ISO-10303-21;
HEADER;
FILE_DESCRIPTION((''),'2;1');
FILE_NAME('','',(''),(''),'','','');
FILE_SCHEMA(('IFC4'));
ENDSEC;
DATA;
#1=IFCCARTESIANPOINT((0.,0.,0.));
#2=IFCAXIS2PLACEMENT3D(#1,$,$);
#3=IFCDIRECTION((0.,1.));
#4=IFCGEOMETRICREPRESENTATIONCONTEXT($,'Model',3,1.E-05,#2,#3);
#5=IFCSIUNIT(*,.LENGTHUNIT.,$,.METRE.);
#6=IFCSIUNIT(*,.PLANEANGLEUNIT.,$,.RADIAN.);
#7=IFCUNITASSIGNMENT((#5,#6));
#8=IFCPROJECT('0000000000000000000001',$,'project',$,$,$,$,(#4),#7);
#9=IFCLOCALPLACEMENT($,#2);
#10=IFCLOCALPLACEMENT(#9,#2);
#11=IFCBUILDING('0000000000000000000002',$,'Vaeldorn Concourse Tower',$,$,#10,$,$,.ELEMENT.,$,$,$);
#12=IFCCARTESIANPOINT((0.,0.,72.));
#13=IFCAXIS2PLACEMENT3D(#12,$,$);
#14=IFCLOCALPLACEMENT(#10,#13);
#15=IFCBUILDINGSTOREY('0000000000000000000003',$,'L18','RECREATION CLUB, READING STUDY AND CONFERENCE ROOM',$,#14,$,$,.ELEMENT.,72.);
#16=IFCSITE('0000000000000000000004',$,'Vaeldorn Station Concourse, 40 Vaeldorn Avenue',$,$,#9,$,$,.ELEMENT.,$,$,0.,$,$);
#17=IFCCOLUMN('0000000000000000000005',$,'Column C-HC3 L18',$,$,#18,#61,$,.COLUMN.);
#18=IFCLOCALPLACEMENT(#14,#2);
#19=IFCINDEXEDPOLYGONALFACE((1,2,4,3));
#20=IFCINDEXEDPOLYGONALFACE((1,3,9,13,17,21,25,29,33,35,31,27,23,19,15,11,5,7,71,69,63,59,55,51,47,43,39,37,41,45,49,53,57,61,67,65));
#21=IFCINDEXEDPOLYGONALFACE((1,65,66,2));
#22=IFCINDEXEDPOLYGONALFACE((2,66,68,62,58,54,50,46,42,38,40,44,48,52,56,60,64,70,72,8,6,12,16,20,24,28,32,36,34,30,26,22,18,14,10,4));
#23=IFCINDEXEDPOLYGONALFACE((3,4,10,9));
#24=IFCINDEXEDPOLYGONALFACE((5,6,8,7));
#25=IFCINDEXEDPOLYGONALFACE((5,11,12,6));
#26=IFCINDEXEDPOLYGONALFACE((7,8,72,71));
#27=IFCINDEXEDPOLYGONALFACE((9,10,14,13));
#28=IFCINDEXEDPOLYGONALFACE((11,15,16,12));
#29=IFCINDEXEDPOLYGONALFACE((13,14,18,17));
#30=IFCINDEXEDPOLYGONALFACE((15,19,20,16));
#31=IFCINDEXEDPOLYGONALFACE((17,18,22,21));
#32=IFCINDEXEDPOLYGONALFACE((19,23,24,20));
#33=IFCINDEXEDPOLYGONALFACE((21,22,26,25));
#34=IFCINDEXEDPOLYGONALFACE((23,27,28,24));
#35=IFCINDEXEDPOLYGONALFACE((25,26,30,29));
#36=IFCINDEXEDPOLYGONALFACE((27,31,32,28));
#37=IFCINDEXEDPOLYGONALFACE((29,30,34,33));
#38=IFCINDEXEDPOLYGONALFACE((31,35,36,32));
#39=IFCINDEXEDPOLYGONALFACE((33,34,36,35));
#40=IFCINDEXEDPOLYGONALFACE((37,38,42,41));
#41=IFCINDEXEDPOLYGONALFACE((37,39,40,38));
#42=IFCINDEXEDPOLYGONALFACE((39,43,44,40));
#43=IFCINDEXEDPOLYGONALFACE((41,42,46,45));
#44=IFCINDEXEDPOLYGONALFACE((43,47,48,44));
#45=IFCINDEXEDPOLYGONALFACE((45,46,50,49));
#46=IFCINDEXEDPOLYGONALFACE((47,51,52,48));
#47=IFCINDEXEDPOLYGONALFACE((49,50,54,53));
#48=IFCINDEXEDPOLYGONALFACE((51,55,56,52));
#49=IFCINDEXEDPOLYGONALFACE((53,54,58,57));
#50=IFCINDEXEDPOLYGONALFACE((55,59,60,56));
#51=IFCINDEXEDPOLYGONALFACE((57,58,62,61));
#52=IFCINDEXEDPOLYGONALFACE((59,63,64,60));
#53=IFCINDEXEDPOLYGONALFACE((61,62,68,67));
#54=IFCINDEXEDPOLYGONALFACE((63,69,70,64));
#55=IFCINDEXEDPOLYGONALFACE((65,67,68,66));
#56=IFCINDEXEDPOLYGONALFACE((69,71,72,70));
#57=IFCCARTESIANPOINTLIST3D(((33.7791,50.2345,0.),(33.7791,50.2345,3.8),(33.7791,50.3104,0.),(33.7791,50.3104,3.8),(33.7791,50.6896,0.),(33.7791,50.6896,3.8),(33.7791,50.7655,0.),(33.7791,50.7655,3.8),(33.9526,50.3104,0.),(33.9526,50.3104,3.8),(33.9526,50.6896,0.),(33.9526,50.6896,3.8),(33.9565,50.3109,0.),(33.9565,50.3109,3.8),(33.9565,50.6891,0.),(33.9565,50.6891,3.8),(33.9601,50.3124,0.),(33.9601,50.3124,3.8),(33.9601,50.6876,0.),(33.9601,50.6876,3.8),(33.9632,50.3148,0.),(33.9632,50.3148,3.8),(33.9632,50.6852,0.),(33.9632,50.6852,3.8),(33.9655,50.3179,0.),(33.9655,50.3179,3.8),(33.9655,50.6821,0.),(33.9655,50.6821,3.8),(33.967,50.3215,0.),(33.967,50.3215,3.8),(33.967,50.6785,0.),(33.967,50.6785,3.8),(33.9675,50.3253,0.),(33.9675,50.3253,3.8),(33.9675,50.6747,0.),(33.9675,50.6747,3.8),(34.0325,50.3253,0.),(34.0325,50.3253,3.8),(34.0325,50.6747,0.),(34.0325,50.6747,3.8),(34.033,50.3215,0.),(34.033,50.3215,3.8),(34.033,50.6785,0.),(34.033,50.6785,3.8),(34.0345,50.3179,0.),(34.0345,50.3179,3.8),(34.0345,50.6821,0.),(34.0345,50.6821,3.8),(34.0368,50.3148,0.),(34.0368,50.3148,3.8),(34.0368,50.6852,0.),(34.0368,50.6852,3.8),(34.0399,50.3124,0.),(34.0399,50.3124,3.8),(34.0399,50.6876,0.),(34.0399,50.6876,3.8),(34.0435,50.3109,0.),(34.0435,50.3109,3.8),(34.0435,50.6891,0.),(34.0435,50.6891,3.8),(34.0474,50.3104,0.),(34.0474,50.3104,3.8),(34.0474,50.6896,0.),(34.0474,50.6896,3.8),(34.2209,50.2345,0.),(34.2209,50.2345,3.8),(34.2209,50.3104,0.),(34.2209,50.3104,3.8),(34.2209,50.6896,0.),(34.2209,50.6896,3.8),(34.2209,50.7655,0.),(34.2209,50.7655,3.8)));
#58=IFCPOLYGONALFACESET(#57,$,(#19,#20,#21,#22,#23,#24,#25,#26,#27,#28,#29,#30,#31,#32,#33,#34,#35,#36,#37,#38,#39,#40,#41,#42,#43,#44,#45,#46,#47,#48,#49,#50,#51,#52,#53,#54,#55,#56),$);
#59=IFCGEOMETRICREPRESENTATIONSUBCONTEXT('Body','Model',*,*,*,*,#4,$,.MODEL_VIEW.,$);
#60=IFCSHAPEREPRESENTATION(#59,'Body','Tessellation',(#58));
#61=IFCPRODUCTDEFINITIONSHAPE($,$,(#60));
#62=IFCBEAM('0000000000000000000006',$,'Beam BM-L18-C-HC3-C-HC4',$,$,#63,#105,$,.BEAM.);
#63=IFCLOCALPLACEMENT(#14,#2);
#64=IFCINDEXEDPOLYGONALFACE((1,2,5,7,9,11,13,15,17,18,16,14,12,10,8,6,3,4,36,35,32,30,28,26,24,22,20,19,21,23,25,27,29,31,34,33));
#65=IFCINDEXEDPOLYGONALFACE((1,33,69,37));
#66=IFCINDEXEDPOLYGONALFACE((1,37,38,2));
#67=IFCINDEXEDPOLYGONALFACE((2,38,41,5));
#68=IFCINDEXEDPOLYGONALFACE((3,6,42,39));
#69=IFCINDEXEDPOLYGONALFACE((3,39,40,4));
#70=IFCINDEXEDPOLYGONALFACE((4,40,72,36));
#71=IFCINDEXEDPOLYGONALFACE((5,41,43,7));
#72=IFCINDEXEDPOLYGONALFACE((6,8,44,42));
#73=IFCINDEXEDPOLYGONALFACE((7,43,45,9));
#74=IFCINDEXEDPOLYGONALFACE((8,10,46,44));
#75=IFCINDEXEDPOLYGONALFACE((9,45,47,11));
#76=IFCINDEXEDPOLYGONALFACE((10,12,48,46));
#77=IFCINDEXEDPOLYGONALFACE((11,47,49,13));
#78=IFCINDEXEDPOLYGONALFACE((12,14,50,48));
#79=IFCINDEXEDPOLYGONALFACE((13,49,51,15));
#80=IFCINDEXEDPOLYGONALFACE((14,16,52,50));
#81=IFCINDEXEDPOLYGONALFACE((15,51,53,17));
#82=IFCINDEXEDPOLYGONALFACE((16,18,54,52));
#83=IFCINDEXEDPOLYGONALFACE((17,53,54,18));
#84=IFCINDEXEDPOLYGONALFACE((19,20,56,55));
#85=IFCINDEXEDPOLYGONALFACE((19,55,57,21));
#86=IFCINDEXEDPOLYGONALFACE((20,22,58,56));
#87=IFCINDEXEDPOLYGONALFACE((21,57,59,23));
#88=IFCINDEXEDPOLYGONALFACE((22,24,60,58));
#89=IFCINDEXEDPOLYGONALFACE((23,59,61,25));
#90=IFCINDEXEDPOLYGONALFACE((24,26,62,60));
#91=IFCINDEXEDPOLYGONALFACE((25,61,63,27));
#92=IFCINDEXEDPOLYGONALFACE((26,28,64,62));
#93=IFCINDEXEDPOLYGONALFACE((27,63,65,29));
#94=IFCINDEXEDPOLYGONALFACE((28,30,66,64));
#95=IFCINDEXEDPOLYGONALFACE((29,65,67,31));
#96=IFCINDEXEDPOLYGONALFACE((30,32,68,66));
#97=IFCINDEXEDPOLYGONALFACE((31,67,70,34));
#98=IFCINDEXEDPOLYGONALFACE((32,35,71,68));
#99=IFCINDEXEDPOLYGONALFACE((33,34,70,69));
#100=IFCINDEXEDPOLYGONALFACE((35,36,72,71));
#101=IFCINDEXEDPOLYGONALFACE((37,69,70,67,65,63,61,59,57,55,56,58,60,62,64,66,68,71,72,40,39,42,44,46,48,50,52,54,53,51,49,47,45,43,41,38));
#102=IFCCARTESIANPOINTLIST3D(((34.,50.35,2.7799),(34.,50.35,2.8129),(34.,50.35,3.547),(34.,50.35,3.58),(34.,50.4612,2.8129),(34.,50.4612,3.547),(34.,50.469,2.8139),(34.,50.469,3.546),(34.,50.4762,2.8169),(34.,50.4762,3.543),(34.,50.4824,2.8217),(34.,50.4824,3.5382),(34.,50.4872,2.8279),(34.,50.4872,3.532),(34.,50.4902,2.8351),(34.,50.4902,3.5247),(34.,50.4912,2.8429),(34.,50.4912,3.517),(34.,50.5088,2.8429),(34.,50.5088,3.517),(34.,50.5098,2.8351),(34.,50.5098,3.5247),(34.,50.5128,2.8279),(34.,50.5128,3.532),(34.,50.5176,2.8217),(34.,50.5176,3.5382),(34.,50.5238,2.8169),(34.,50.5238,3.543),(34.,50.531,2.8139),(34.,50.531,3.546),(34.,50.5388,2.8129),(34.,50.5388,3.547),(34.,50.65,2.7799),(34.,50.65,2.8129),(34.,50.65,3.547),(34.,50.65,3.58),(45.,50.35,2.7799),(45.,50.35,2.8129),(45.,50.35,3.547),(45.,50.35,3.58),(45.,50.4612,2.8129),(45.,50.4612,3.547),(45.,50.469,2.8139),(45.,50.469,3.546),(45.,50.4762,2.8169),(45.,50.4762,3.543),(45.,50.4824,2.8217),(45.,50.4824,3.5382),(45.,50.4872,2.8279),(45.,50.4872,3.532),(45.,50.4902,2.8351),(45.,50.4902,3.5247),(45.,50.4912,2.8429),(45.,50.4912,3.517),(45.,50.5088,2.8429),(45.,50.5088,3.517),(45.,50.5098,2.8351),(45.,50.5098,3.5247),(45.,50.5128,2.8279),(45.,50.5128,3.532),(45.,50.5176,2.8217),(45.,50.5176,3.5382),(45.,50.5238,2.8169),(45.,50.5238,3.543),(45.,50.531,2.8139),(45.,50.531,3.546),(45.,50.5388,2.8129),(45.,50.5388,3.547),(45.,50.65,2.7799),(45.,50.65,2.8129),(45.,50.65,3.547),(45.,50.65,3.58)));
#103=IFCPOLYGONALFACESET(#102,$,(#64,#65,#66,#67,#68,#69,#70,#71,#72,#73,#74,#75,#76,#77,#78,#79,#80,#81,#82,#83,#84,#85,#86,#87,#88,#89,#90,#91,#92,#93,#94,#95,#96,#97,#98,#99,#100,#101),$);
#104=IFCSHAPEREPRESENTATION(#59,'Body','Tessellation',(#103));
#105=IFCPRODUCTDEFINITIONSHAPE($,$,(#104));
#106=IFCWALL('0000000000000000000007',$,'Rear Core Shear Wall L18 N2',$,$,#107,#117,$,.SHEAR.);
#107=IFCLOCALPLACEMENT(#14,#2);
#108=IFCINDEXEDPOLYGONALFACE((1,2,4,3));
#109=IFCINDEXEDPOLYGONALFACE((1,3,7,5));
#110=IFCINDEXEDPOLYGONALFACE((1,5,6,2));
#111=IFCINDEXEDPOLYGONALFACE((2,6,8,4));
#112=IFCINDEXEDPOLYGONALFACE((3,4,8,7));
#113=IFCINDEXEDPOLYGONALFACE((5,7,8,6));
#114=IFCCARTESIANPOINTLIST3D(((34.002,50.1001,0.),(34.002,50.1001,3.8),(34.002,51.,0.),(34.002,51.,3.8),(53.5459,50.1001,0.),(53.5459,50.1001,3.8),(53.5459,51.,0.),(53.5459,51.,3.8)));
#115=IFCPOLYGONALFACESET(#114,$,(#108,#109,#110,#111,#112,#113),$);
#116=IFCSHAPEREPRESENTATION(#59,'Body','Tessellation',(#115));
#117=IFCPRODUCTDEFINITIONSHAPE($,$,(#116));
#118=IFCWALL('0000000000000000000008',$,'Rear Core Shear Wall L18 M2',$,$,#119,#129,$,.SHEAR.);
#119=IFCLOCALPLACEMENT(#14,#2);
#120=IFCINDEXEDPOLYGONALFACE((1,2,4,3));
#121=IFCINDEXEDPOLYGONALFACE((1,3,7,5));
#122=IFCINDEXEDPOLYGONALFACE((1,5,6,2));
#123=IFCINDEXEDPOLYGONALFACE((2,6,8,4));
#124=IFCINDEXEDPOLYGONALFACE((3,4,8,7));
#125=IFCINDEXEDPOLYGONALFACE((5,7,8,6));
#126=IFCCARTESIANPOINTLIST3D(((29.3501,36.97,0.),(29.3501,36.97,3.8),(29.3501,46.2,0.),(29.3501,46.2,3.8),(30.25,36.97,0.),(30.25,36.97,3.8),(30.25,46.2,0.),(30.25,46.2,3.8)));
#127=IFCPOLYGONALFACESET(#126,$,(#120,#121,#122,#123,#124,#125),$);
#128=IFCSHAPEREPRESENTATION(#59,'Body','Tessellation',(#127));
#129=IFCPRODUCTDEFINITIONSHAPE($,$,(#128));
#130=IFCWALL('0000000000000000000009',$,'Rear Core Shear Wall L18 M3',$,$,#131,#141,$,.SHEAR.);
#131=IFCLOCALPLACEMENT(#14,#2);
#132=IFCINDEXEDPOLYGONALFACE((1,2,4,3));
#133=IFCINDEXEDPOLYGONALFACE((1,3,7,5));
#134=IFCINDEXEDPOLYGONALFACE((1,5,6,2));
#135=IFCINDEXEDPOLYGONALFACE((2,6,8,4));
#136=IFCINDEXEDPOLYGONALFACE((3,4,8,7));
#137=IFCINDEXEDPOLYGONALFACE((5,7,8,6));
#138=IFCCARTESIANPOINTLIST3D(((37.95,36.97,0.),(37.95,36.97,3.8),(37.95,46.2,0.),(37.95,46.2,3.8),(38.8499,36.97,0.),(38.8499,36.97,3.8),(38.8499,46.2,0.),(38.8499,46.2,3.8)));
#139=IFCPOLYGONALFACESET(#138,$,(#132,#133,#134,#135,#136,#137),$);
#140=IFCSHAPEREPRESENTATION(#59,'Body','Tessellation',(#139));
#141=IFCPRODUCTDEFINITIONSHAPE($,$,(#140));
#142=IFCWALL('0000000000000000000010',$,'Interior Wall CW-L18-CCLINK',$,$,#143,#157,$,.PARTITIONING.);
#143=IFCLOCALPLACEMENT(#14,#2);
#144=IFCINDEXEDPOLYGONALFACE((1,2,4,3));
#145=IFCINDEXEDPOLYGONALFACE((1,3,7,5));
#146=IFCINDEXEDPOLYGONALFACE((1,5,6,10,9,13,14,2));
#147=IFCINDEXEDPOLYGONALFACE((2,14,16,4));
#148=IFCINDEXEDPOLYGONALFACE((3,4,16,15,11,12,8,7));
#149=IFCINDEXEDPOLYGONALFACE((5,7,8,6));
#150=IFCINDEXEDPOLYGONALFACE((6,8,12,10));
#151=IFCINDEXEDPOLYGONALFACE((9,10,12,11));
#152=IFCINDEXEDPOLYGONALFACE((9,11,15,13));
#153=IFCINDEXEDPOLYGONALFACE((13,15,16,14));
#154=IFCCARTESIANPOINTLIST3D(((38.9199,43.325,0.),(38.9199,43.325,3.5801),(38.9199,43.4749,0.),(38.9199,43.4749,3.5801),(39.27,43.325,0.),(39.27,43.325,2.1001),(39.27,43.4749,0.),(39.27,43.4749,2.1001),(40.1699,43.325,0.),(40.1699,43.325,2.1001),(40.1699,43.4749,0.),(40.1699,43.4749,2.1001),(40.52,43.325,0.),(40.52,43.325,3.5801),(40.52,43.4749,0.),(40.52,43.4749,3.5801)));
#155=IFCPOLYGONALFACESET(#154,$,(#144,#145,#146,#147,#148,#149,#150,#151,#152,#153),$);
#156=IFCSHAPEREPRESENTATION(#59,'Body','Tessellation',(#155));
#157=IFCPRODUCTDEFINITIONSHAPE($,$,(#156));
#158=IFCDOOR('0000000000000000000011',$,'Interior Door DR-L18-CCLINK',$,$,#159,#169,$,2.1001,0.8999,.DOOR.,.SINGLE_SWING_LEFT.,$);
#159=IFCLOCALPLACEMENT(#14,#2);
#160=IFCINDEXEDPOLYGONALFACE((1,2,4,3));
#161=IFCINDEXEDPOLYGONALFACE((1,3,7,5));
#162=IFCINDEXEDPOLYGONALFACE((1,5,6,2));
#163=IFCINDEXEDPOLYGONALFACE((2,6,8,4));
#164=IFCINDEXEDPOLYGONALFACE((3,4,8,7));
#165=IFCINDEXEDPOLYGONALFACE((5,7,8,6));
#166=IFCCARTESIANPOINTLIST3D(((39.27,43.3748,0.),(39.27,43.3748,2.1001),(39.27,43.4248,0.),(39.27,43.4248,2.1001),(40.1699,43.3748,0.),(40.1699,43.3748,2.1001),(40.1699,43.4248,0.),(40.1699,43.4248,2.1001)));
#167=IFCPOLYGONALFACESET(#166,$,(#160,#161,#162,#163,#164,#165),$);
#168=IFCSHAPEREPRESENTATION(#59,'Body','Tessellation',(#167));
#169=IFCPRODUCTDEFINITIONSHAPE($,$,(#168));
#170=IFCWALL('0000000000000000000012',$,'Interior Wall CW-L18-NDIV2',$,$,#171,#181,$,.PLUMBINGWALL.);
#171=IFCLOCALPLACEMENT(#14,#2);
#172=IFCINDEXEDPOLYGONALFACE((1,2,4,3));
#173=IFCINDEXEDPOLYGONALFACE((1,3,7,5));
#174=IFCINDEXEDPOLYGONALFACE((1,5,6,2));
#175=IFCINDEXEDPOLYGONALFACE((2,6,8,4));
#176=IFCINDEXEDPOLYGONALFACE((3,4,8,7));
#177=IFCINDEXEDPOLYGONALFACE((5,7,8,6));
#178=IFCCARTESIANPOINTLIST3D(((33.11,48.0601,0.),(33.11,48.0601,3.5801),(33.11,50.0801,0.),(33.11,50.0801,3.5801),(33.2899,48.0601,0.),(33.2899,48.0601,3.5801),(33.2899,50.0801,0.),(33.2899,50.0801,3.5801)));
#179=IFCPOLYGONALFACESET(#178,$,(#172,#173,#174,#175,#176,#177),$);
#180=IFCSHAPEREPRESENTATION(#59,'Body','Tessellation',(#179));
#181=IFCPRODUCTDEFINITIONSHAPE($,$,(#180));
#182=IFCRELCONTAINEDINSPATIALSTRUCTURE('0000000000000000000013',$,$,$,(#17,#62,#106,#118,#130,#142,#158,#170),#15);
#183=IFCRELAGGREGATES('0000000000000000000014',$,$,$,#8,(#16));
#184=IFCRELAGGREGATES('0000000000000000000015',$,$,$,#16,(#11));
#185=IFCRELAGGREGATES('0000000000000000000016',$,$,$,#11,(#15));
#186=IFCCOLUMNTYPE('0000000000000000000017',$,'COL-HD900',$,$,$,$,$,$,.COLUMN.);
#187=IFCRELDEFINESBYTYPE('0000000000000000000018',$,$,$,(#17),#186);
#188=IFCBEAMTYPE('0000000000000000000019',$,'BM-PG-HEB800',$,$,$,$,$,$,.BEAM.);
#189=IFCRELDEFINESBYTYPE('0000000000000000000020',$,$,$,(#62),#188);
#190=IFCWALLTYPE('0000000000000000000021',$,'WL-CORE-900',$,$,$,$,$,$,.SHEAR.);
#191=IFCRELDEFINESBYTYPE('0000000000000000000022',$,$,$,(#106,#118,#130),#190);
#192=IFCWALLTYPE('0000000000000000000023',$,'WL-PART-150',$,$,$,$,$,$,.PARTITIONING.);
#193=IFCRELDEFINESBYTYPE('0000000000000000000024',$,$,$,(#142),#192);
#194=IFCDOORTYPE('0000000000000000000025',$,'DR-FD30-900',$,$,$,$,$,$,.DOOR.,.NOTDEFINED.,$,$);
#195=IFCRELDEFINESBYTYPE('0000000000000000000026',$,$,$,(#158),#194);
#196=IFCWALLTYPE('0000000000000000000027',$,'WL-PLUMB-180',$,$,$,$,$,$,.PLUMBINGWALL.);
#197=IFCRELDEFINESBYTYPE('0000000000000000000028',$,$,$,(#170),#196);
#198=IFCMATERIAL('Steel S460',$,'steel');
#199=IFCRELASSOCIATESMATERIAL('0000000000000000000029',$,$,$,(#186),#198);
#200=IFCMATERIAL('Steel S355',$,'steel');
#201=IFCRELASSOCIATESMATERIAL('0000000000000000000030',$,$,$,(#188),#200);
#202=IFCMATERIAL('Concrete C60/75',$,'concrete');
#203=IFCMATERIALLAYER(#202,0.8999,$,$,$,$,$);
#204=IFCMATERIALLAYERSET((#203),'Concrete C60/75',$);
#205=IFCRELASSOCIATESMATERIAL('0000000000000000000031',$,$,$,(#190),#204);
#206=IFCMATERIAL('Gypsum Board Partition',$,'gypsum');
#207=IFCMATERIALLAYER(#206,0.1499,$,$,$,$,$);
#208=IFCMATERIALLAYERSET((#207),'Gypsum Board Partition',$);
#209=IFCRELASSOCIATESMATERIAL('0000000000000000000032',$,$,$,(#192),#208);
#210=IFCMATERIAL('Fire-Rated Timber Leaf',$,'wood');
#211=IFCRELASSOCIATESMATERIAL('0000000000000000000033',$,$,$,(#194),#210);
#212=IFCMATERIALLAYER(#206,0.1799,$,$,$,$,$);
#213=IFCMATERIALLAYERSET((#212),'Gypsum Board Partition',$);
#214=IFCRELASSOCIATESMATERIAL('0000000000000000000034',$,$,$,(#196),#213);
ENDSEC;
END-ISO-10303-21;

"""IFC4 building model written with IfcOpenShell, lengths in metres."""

from ifc_helpers import new_model, si_unit, direction, frame, frame_2d, origin, origin_2d, place, context, subcontext, project, spatial, rectangle, i_section, extrude, source, transform, mapped, material, layer, layer_set, material_profile, profile_set, type_object, element, fill, save


model = new_model("IFC4")

# Units and contexts
model_context = context("Model", 3, precision=1e-05, world=origin(), true_north=direction((0.0, 1.0)))
body_context = subcontext(model_context, "Body", "Model", "MODEL_VIEW")
ifc_project = project(units=[si_unit("LENGTHUNIT", "METRE"), si_unit("PLANEANGLEUNIT", "RADIAN")], contexts=[model_context])

# Site, building, storey
site_placement = place(None, origin())
site = spatial("IfcSite", under=ifc_project, at=site_placement, Name="Vaeldorn Station Concourse, 40 Vaeldorn Avenue", CompositionType="ELEMENT", RefElevation=0.0)
building_placement = place(site_placement, origin())
building = spatial("IfcBuilding", under=site, at=building_placement, Name="Vaeldorn Concourse Tower", CompositionType="ELEMENT")
storey_placement = place(building_placement, frame((0.0, 0.0, 72.0)))
storey = spatial("IfcBuildingStorey", under=building, at=storey_placement, Name="L18", Description="RECREATION CLUB, READING STUDY AND CONFERENCE ROOM", CompositionType="ELEMENT", Elevation=72.0)

# Column
ifc_material_1 = material(Name="Steel S460", Category="steel")
ifc_material_profile_1 = material_profile(ifc_material_1, i_section(OverallWidth=0.4419, OverallDepth=0.531, WebThickness=0.0649, FlangeThickness=0.0759, FilletRadius=0.0149, at=origin_2d()), Name="HD 400x900")
ifc_profile_set_1 = profile_set([ifc_material_profile_1], Name="Steel S460")
column_type = type_object("IfcColumnType", Name="COL-HD900", PredefinedType="COLUMN", material=ifc_profile_set_1)
shared_shape_1 = source(origin(), body_context, "Body", "SweptSolid", [
    extrude(i_section(OverallWidth=0.4419, OverallDepth=0.531, WebThickness=0.0649, FlangeThickness=0.0759, FilletRadius=0.0149, at=origin_2d()), origin(), (0.0, 0.0, 1.0), 3.8),
])
column_placement = place(storey_placement, frame((34.0, 50.5, 0.0), z_axis=(0.0, 0.0, 1.0), x_axis=(1.0, 0.0, 0.0)))
element("IfcColumn", 1, at=column_placement, inside=storey, type_object=column_type, Name="Column C-HC3 L18", PredefinedType="COLUMN", context=body_context, shape_type="MappedRepresentation", body=[
    mapped(shared_shape_1, transform((0.0, 0.0, 0.0), scale=1.0)),
])

# Beam
ifc_material_2 = material(Name="Steel S355", Category="steel")
ifc_material_profile_2 = material_profile(ifc_material_2, i_section(OverallWidth=0.3, OverallDepth=0.8, WebThickness=0.0176, FlangeThickness=0.033, FilletRadius=0.03, at=origin_2d()), Name="HEB 800")
ifc_profile_set_2 = profile_set([ifc_material_profile_2], Name="Steel S355")
beam_type = type_object("IfcBeamType", Name="BM-PG-HEB800", PredefinedType="BEAM", material=ifc_profile_set_2)
shared_shape_2 = source(origin(), body_context, "Body", "SweptSolid", [
    extrude(i_section(OverallWidth=0.3, OverallDepth=0.8, WebThickness=0.0176, FlangeThickness=0.033, FilletRadius=0.03, at=origin_2d()), origin(), (0.0, 0.0, 1.0), 11.0),
])
beam_placement = place(storey_placement, frame((34.0, 50.5, 3.1799), z_axis=(1.0, 0.0, 0.0), x_axis=(0.0, 1.0, 0.0)))
element("IfcBeam", 2, at=beam_placement, inside=storey, type_object=beam_type, Name="Beam BM-L18-C-HC3-C-HC4", PredefinedType="BEAM", context=body_context, shape_type="MappedRepresentation", body=[
    mapped(shared_shape_2, transform((0.0, 0.0, 0.0), scale=1.0)),
])

# Walls
ifc_material_3 = material(Name="Concrete C60/75", Category="concrete")
ifc_layer_1 = layer(ifc_material_3, 0.8999)
ifc_layer_set_1 = layer_set([ifc_layer_1], Name="Concrete C60/75")
wall_type_1 = type_object("IfcWallType", Name="WL-CORE-900", PredefinedType="SHEAR", material=ifc_layer_set_1)
wall_1_placement = place(storey_placement, frame((34.002, 50.55, 0.0), z_axis=(0.0, 0.0, 1.0), x_axis=(1.0, 0.0, 0.0)))
element("IfcWall", 3, at=wall_1_placement, inside=storey, type_object=wall_type_1, Name="Rear Core Shear Wall L18 N2", PredefinedType="SHEAR", context=body_context, shape_type="SweptSolid", body=[
    extrude(rectangle(XDim=19.5439, YDim=0.8999, at=frame_2d((9.772, 0.0))), origin(), (0.0, 0.0, 1.0), 3.8),
])
for number, where, z_axis, x_axis, name in (
    (4, (29.8, 36.97, 0.0), (0.0, 0.0, 1.0), (0.0, 1.0, 0.0), "Rear Core Shear Wall L18 M2"),
    (5, (38.3999, 36.97, 0.0), (0.0, 0.0, 1.0), (0.0, 1.0, 0.0), "Rear Core Shear Wall L18 M3"),
):
    element("IfcWall", number, at=place(storey_placement, frame(where, z_axis=z_axis, x_axis=x_axis)), inside=storey, type_object=wall_type_1, Name=name, PredefinedType="SHEAR", context=body_context, shape_type="SweptSolid", body=[
        extrude(rectangle(XDim=9.23, YDim=0.8999, at=frame_2d((4.615, 0.0))), origin(), (0.0, 0.0, 1.0), 3.8),
    ])

# Wall, opening, door
ifc_material_4 = material(Name="Gypsum Board Partition", Category="gypsum")
ifc_layer_2 = layer(ifc_material_4, 0.1499)
ifc_layer_set_2 = layer_set([ifc_layer_2], Name="Gypsum Board Partition")
wall_type_2 = type_object("IfcWallType", Name="WL-PART-150", PredefinedType="PARTITIONING", material=ifc_layer_set_2)
wall_2_placement = place(storey_placement, frame((38.9199, 43.3999, 0.0), z_axis=(0.0, 0.0, 1.0), x_axis=(1.0, 0.0, 0.0)))
wall_2 = element("IfcWall", 6, at=wall_2_placement, inside=storey, type_object=wall_type_2, Name="Interior Wall CW-L18-CCLINK", PredefinedType="PARTITIONING", context=body_context, shape_type="SweptSolid", body=[
    extrude(rectangle(XDim=1.6001, YDim=0.1499, at=frame_2d((0.8, 0.0))), origin(), (0.0, 0.0, 1.0), 3.5801),
])
opening_placement = place(wall_2_placement, frame((0.3501, 0.0, 0.0)))
opening = element("IfcOpeningElement", 7, at=opening_placement, cuts=wall_2, PredefinedType="OPENING", context=body_context, shape_type="SweptSolid", body=[
    extrude(rectangle(XDim=0.8999, YDim=2.1001, at=frame_2d((0.45, 1.05))), frame((0.0, 0.085, 0.0), z_axis=(0.0, -1.0, 0.0), x_axis=(1.0, 0.0, 0.0)), (0.0, 0.0, 1.0), 0.1699),
])
ifc_material_5 = material(Name="Fire-Rated Timber Leaf", Category="wood")
door_type = type_object("IfcDoorType", Name="DR-FD30-900", OperationType="NOTDEFINED", PredefinedType="DOOR", material=ifc_material_5)
shared_shape_3 = source(origin(), body_context, "Body", "SweptSolid", [
    extrude(rectangle(XDim=0.8999, YDim=2.1001, at=frame_2d((0.45, 1.05))), frame((0.0, 0.0249, 0.0), z_axis=(0.0, -1.0, 0.0), x_axis=(1.0, 0.0, 0.0)), (0.0, 0.0, 1.0), 0.05),
])
door_placement = place(opening_placement, origin())
door = element("IfcDoor", 8, at=door_placement, inside=storey, type_object=door_type, Name="Interior Door DR-L18-CCLINK", OperationType="SINGLE_SWING_LEFT", OverallHeight=2.1001, OverallWidth=0.8999, PredefinedType="DOOR", context=body_context, shape_type="MappedRepresentation", body=[
    mapped(shared_shape_3, transform((0.0, 0.0, 0.0), scale=1.0)),
])
fill(opening, door)

# Wall
ifc_layer_3 = layer(ifc_material_4, 0.1799)
ifc_layer_set_3 = layer_set([ifc_layer_3], Name="Gypsum Board Partition")
wall_type_3 = type_object("IfcWallType", Name="WL-PLUMB-180", PredefinedType="PLUMBINGWALL", material=ifc_layer_set_3)
for number, where, z_axis, x_axis, name in (
    (9, (33.2, 48.0601, 0.0), (0.0, 0.0, 1.0), (0.0, 1.0, 0.0), "Interior Wall CW-L18-NDIV2"),
):
    element("IfcWall", number, at=place(storey_placement, frame(where, z_axis=z_axis, x_axis=x_axis)), inside=storey, type_object=wall_type_3, Name=name, PredefinedType="PLUMBINGWALL", context=body_context, shape_type="SweptSolid", body=[
        extrude(rectangle(XDim=2.02, YDim=0.1799, at=frame_2d((1.01, 0.0))), origin(), (0.0, 0.0, 1.0), 3.5801),
    ])

save(model, "model.ifc")
